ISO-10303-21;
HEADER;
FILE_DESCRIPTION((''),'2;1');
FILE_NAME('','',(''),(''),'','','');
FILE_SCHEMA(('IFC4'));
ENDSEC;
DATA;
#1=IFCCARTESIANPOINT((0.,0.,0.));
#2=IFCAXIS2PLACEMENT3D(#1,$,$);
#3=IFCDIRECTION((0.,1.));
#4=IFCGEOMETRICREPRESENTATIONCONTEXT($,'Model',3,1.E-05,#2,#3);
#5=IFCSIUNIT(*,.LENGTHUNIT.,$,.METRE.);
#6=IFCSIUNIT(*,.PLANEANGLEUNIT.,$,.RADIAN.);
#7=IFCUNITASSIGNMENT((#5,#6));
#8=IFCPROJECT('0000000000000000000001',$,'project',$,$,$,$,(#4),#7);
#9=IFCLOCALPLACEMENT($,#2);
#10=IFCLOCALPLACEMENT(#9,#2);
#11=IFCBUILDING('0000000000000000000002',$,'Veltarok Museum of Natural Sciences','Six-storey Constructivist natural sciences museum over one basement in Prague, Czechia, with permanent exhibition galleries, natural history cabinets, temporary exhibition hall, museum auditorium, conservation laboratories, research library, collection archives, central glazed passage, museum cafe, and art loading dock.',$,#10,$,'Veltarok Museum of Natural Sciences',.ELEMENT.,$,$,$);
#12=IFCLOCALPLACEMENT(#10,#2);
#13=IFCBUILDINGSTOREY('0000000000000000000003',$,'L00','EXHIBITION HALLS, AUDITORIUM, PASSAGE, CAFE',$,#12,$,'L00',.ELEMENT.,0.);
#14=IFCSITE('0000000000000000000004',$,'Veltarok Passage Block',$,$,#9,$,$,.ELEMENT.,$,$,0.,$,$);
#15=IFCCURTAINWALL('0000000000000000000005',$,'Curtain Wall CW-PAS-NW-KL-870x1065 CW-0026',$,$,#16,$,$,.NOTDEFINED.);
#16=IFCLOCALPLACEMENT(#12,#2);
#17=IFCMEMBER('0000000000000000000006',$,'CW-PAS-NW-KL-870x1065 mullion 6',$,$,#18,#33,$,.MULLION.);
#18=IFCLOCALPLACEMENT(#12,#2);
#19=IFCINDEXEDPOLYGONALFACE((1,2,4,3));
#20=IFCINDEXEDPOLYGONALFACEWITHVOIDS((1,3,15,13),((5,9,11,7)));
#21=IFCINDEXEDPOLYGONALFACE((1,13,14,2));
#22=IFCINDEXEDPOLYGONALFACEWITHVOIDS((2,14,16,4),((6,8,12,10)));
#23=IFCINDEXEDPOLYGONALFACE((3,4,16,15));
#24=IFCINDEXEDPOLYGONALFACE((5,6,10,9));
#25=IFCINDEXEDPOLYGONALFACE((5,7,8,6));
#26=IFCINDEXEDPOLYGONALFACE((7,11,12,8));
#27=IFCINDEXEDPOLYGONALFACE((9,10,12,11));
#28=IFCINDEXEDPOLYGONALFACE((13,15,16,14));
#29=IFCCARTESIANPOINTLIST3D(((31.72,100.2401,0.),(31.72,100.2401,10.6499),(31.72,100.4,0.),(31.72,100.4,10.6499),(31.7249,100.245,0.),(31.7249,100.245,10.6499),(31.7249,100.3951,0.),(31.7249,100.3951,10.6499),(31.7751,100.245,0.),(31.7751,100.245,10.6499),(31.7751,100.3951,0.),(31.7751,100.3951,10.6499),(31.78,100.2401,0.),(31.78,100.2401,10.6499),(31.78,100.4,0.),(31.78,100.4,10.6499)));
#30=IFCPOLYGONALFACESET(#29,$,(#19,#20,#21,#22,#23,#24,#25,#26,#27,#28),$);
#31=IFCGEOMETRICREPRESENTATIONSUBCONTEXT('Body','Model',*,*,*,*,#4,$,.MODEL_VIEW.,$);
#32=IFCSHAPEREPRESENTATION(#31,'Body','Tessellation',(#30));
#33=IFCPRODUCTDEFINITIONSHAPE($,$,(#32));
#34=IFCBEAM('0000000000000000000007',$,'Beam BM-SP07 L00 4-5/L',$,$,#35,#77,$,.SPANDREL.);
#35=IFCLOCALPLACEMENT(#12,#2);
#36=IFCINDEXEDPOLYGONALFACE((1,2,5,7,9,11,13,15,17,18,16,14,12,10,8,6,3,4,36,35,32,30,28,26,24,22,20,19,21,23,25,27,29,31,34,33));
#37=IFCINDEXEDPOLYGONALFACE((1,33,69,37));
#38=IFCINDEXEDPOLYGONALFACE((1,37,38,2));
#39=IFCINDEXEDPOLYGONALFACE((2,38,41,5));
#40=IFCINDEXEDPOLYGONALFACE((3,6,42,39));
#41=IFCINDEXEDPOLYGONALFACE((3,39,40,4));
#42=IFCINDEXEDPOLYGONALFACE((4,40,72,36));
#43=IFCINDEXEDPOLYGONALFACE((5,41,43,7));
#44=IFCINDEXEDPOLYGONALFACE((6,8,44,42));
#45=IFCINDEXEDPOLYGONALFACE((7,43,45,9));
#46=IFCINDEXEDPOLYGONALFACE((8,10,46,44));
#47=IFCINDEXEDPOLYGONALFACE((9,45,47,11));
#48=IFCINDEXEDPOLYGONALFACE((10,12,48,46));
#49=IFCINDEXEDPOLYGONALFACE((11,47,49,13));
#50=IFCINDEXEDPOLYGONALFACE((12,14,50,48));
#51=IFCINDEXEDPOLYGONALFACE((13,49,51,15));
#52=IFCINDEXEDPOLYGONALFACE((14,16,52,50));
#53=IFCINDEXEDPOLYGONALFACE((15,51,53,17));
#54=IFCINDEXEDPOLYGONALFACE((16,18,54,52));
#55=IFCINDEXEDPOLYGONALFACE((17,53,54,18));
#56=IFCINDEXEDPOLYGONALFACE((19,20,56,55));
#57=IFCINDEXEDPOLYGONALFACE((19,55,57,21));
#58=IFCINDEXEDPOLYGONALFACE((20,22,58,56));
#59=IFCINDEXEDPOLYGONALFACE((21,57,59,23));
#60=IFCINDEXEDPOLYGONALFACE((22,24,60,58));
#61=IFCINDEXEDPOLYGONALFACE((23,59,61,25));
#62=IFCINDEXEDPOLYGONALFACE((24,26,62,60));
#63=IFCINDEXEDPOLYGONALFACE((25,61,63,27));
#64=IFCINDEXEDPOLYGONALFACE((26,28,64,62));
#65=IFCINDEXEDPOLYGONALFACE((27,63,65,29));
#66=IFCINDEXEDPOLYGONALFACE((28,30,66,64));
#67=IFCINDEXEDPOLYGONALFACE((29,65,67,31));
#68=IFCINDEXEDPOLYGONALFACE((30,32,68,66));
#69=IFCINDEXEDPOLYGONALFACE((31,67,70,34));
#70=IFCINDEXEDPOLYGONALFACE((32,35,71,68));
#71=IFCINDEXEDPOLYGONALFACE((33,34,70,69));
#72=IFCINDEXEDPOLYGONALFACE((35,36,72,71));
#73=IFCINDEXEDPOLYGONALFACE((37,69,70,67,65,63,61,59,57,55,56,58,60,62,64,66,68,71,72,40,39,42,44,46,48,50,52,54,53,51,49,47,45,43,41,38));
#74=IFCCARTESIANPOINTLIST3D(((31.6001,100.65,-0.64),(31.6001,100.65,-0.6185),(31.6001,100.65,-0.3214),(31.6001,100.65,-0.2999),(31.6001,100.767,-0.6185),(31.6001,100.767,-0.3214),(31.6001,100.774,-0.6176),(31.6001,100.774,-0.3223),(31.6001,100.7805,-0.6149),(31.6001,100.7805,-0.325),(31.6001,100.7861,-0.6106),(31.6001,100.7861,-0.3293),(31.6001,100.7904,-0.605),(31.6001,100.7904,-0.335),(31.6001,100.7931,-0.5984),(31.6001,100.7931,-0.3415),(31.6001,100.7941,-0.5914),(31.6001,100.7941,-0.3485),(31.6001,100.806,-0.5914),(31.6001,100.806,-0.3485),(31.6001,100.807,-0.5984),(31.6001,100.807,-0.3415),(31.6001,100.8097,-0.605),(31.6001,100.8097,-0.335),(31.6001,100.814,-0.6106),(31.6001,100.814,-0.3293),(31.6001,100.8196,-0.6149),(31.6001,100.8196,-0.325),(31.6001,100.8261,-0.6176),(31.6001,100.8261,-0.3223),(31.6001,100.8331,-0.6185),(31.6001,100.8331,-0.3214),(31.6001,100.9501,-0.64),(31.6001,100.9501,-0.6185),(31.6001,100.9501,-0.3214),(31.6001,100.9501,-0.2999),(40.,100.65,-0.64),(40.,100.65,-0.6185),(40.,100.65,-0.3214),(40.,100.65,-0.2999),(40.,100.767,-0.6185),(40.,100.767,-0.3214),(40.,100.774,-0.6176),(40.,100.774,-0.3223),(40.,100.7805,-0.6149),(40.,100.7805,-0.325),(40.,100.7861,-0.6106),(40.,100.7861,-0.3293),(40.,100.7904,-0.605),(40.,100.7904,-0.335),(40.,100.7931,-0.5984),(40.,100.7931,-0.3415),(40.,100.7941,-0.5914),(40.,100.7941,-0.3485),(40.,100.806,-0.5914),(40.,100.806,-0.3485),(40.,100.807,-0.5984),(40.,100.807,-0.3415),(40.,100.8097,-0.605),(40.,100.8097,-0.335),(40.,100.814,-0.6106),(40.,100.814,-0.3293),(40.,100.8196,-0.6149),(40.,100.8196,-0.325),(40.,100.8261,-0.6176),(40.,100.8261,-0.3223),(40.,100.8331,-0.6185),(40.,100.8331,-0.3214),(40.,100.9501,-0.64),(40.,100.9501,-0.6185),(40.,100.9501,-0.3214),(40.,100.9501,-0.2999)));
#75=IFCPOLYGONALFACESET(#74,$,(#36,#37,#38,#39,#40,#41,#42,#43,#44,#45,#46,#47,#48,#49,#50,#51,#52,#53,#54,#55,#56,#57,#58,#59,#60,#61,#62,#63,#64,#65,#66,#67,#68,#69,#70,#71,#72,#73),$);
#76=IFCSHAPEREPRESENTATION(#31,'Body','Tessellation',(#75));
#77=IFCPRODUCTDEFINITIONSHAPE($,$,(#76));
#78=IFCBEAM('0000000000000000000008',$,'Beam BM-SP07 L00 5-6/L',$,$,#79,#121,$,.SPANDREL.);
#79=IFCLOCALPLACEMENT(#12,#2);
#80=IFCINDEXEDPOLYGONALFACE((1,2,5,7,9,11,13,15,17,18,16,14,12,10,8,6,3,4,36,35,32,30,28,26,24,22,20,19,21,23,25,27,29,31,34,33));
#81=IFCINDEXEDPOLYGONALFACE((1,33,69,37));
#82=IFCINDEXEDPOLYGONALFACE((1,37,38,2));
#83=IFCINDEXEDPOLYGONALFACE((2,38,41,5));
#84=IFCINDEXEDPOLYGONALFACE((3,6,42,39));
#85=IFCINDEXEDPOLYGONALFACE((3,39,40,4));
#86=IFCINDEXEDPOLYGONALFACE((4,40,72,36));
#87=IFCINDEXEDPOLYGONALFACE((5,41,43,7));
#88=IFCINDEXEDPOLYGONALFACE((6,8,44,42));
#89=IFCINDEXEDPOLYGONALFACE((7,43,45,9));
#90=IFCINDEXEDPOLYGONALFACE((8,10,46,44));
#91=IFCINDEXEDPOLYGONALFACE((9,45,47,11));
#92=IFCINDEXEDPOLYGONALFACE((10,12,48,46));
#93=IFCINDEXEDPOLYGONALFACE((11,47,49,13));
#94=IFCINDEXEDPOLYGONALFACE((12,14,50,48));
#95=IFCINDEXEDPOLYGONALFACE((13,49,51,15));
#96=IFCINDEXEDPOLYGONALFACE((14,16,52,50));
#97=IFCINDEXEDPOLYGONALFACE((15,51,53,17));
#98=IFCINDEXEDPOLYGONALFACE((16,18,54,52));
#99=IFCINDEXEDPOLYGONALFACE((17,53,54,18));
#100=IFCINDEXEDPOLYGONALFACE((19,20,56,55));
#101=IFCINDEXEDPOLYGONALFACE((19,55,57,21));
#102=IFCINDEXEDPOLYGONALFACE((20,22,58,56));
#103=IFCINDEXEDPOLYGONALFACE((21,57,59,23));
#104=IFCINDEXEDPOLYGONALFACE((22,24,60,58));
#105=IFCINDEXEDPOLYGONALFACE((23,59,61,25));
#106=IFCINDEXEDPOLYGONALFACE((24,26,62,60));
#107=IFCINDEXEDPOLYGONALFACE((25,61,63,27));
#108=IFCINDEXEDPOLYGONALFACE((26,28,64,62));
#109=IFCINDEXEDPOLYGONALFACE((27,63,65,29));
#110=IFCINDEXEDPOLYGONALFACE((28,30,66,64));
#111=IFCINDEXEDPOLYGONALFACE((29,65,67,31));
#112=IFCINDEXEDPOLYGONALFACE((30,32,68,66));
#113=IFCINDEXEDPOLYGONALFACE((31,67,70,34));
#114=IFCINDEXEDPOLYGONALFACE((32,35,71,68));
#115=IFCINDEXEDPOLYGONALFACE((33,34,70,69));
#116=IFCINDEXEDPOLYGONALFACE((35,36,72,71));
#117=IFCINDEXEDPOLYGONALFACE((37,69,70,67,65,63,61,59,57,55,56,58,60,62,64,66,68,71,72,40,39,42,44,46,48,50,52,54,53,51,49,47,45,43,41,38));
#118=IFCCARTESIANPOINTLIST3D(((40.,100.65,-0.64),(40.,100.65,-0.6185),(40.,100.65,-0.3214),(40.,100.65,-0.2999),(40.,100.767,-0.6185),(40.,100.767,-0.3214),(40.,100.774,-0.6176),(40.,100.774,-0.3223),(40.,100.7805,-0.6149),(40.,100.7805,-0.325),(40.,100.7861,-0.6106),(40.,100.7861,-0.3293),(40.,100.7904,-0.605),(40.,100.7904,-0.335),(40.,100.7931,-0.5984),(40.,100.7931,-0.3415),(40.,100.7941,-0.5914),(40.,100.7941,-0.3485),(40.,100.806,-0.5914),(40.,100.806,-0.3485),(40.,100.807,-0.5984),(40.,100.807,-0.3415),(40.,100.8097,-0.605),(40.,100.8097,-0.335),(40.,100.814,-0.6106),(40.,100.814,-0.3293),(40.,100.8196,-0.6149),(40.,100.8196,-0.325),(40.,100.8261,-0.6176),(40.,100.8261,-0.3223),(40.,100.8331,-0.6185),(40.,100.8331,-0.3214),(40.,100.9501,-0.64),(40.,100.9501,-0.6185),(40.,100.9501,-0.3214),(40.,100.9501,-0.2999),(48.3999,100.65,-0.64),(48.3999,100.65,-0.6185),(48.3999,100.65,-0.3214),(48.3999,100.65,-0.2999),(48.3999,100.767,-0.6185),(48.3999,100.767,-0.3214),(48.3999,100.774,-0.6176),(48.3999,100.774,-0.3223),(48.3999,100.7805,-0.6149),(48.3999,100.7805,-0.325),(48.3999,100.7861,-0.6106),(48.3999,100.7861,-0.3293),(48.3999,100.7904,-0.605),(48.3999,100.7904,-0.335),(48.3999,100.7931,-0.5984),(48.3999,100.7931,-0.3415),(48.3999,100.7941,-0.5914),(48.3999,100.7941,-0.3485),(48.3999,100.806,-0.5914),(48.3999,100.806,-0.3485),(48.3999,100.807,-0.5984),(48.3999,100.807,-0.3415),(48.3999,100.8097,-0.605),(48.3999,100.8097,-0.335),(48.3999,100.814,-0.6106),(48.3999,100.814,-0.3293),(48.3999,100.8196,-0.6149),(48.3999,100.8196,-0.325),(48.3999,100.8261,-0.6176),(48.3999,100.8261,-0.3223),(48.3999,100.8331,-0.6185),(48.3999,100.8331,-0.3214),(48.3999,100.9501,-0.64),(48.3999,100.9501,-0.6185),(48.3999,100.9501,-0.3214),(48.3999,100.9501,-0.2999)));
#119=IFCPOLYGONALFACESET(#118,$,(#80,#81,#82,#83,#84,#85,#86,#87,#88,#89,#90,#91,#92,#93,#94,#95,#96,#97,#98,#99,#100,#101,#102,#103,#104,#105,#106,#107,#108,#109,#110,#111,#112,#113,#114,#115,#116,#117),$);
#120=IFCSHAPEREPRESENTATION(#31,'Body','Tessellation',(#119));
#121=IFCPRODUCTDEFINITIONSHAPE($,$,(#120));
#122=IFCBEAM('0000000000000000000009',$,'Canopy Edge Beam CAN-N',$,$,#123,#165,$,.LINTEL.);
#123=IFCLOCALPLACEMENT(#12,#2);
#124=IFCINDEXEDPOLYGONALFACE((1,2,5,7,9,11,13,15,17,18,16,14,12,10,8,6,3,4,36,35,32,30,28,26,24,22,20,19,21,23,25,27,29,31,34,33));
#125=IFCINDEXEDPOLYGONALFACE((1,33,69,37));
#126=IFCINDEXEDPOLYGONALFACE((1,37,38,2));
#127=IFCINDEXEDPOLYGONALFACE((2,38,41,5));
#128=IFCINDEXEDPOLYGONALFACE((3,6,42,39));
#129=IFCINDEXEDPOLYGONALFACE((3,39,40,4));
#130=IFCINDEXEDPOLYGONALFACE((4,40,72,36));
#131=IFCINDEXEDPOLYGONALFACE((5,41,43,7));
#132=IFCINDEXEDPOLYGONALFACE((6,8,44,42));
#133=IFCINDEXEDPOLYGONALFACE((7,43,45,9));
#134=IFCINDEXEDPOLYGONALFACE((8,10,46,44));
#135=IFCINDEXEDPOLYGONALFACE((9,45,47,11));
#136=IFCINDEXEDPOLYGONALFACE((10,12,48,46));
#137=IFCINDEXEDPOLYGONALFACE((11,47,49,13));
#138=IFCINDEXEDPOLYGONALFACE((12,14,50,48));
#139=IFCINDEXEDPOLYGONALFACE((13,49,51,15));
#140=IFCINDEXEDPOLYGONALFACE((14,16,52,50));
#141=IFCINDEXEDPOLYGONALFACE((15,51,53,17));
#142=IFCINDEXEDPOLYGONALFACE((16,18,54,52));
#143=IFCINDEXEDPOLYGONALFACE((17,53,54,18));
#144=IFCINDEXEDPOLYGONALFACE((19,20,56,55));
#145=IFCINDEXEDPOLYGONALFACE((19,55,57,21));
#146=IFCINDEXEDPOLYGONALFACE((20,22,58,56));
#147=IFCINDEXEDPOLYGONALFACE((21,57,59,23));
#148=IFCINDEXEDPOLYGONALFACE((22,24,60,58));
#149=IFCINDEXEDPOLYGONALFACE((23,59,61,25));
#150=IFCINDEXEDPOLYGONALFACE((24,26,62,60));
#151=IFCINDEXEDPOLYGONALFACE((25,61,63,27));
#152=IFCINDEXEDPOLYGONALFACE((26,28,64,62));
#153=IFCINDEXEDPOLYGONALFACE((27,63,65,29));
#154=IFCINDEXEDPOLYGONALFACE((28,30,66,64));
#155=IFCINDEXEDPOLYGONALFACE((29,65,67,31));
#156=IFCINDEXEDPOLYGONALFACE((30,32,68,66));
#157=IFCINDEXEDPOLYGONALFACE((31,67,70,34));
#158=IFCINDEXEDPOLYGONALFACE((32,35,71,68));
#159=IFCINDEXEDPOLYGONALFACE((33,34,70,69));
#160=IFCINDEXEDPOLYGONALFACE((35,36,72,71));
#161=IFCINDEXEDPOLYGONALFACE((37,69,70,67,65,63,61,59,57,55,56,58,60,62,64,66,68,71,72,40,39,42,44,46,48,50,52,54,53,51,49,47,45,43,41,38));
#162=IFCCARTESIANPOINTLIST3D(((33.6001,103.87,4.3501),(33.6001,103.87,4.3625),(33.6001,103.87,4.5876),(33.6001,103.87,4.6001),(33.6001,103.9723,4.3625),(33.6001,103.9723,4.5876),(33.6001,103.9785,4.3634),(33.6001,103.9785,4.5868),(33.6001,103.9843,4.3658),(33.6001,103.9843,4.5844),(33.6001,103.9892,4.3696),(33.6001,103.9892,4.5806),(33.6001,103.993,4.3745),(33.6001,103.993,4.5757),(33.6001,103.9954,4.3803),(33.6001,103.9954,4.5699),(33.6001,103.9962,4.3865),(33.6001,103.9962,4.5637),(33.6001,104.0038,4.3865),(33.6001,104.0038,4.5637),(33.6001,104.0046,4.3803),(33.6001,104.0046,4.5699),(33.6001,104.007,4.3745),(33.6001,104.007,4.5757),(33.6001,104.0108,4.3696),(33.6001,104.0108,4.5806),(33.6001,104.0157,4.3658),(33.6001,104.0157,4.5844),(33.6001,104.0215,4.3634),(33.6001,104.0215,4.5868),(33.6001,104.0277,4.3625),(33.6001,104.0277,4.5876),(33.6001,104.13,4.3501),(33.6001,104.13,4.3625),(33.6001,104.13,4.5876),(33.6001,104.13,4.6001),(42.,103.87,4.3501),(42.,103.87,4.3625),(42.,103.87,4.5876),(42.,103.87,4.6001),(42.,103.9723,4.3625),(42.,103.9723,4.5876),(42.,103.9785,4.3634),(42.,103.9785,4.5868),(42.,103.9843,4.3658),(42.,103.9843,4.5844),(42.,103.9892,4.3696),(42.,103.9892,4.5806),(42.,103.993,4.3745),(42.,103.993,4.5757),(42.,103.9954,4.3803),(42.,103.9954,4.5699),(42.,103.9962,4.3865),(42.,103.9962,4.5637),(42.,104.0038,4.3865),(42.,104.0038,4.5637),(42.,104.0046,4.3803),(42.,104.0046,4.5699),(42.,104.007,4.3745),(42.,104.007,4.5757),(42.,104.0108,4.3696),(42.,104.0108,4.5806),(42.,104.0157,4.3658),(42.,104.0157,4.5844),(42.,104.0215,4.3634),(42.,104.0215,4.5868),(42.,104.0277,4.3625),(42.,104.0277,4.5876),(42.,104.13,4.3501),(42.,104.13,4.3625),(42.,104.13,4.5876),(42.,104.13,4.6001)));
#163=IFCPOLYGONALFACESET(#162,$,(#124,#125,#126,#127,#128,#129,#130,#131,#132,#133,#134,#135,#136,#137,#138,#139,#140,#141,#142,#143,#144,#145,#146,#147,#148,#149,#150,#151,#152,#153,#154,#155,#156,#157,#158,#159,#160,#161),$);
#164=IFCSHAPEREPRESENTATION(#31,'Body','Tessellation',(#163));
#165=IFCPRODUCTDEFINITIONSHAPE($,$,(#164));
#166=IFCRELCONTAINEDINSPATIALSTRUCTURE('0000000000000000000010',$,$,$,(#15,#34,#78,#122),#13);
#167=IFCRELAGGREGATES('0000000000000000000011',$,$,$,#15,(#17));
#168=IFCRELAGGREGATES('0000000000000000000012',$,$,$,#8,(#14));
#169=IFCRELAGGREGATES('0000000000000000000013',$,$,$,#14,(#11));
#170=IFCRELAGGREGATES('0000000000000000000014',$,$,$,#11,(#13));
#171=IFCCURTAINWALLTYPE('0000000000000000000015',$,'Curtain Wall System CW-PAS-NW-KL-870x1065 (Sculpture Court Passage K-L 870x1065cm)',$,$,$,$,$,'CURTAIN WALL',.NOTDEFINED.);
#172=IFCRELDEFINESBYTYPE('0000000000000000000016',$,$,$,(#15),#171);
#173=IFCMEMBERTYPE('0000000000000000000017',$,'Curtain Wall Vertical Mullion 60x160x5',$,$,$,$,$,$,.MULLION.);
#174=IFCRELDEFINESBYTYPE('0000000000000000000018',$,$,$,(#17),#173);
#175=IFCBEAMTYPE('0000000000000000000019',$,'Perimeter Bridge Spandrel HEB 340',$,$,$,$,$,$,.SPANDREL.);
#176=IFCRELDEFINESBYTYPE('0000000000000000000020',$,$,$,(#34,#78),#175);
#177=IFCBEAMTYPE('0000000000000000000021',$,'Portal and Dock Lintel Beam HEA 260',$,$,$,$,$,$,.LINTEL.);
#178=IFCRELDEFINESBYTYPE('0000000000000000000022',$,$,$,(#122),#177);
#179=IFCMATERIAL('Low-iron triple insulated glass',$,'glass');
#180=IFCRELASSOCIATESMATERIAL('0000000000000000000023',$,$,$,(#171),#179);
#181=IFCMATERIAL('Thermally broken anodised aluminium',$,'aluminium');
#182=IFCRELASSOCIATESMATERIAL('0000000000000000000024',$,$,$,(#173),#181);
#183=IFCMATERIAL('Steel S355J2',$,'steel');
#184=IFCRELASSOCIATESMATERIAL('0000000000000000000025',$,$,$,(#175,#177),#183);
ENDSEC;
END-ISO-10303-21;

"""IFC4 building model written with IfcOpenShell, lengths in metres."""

from ifc_helpers import new_model, si_unit, direction, frame, origin, origin_2d, place, context, subcontext, project, spatial, hollow_rectangle, i_section, extrude, material, material_profile, profile_set, type_object, element, aggregate, save


model = new_model("IFC4")

# Units and contexts
model_context = context("Model", 3, precision=1e-05, world=origin(), true_north=direction((0.0, 1.0)))
body_context = subcontext(model_context, "Body", "Model", "MODEL_VIEW")
ifc_project = project(units=[si_unit("LENGTHUNIT", "METRE"), si_unit("PLANEANGLEUNIT", "RADIAN")], contexts=[model_context])

# Site, building, storey
site_placement = place(None, origin())
site = spatial("IfcSite", under=ifc_project, at=site_placement, Name="Veltarok Passage Block", CompositionType="ELEMENT", RefElevation=0.0)
building_placement = place(site_placement, origin())
building = spatial("IfcBuilding", under=site, at=building_placement, Name="Veltarok Museum of Natural Sciences", Description="Six-storey Constructivist natural sciences museum over one basement in Prague, Czechia, with permanent exhibition galleries, natural history cabinets, temporary exhibition hall, museum auditorium, conservation laboratories, research library, collection archives, central glazed passage, museum cafe, and art loading dock.", LongName="Veltarok Museum of Natural Sciences", CompositionType="ELEMENT")
storey_placement = place(building_placement, origin())
storey = spatial("IfcBuildingStorey", under=building, at=storey_placement, Name="L00", Description="EXHIBITION HALLS, AUDITORIUM, PASSAGE, CAFE", LongName="L00", CompositionType="ELEMENT", Elevation=0.0)

# Shared definitions
ifc_material_1 = material(Name="Steel S355J2", Category="steel")

# Curtain wall
ifc_material_2 = material(Name="Low-iron triple insulated glass", Category="glass")
ifc_material_3 = material(Name="Thermally broken anodised aluminium", Category="aluminium")
curtain_wall_type_1 = type_object("IfcCurtainWallType", Name="Curtain Wall System CW-PAS-NW-KL-870x1065 (Sculpture Court Passage K-L 870x1065cm)", ElementType="CURTAIN WALL", PredefinedType="NOTDEFINED", material=ifc_material_2)
curtain_wall_1_placement = place(storey_placement, origin())
curtain_wall_1 = element("IfcCurtainWall", 1, at=curtain_wall_1_placement, inside=storey, type_object=curtain_wall_type_1, Name="Curtain Wall CW-PAS-NW-KL-870x1065 CW-0026", PredefinedType="NOTDEFINED")

# Member
ifc_material_profile_1 = material_profile(ifc_material_3, hollow_rectangle(XDim=0.0601, YDim=0.1599, WallThickness=0.0049, at=origin_2d()), Name="CW MULLION 60x160x5")
ifc_profile_set_1 = profile_set([ifc_material_profile_1], Name="Thermally broken anodised aluminium")
member_type_1 = type_object("IfcMemberType", Name="Curtain Wall Vertical Mullion 60x160x5", PredefinedType="MULLION", material=ifc_profile_set_1)
member_1_placement = place(storey_placement, frame((31.75, 100.3201, 0.0), z_axis=(0.0, 0.0, 1.0), x_axis=(-1.0, 0.0, 0.0)))
member_1 = element("IfcMember", 2, at=member_1_placement, type_object=member_type_1, Name="CW-PAS-NW-KL-870x1065 mullion 6", PredefinedType="MULLION", context=body_context, shape_type="SweptSolid", body=[
    extrude(hollow_rectangle(XDim=0.0601, YDim=0.1599, WallThickness=0.0049, at=origin_2d()), origin(), (0.0, 0.0, 1.0), 10.6499),
])

# Beams
ifc_material_profile_2 = material_profile(ifc_material_1, i_section(OverallWidth=0.3, OverallDepth=0.3401, WebThickness=0.012, FlangeThickness=0.0215, FilletRadius=0.0271, at=origin_2d()), Name="HEB 340")
ifc_profile_set_2 = profile_set([ifc_material_profile_2], Name="Steel S355J2")
beam_type_1 = type_object("IfcBeamType", Name="Perimeter Bridge Spandrel HEB 340", PredefinedType="SPANDREL", material=ifc_profile_set_2)
for number, where, z_axis, x_axis, name in (
    (3, (31.6001, 100.8, -0.47), (1.0, 0.0, 0.0), (0.0, 1.0, 0.0), "Beam BM-SP07 L00 4-5/L"),
    (4, (40.0, 100.8, -0.47), (1.0, 0.0, 0.0), (0.0, 1.0, 0.0), "Beam BM-SP07 L00 5-6/L"),
):
    element("IfcBeam", number, at=place(storey_placement, frame(where, z_axis=z_axis, x_axis=x_axis)), inside=storey, type_object=beam_type_1, Name=name, PredefinedType="SPANDREL", context=body_context, shape_type="SweptSolid", body=[
        extrude(i_section(OverallWidth=0.3, OverallDepth=0.3401, WebThickness=0.012, FlangeThickness=0.0215, FilletRadius=0.0271, at=origin_2d()), origin(), (0.0, 0.0, 1.0), 8.3999),
    ])
ifc_material_profile_3 = material_profile(ifc_material_1, i_section(OverallWidth=0.26, OverallDepth=0.25, WebThickness=0.0076, FlangeThickness=0.0125, FilletRadius=0.0239, at=origin_2d()), Name="HEA 260")
ifc_profile_set_3 = profile_set([ifc_material_profile_3], Name="Steel S355J2")
beam_type_2 = type_object("IfcBeamType", Name="Portal and Dock Lintel Beam HEA 260", PredefinedType="LINTEL", material=ifc_profile_set_3)
beam_1_placement = place(storey_placement, frame((33.6001, 104.0, 4.4751), z_axis=(1.0, 0.0, 0.0), x_axis=(0.0, 1.0, 0.0)))
element("IfcBeam", 5, at=beam_1_placement, inside=storey, type_object=beam_type_2, Name="Canopy Edge Beam CAN-N", PredefinedType="LINTEL", context=body_context, shape_type="SweptSolid", body=[
    extrude(i_section(OverallWidth=0.26, OverallDepth=0.25, WebThickness=0.0076, FlangeThickness=0.0125, FilletRadius=0.0239, at=origin_2d()), origin(), (0.0, 0.0, 1.0), 8.3999),
])

aggregate(curtain_wall_1, [member_1])

save(model, "model.ifc")
